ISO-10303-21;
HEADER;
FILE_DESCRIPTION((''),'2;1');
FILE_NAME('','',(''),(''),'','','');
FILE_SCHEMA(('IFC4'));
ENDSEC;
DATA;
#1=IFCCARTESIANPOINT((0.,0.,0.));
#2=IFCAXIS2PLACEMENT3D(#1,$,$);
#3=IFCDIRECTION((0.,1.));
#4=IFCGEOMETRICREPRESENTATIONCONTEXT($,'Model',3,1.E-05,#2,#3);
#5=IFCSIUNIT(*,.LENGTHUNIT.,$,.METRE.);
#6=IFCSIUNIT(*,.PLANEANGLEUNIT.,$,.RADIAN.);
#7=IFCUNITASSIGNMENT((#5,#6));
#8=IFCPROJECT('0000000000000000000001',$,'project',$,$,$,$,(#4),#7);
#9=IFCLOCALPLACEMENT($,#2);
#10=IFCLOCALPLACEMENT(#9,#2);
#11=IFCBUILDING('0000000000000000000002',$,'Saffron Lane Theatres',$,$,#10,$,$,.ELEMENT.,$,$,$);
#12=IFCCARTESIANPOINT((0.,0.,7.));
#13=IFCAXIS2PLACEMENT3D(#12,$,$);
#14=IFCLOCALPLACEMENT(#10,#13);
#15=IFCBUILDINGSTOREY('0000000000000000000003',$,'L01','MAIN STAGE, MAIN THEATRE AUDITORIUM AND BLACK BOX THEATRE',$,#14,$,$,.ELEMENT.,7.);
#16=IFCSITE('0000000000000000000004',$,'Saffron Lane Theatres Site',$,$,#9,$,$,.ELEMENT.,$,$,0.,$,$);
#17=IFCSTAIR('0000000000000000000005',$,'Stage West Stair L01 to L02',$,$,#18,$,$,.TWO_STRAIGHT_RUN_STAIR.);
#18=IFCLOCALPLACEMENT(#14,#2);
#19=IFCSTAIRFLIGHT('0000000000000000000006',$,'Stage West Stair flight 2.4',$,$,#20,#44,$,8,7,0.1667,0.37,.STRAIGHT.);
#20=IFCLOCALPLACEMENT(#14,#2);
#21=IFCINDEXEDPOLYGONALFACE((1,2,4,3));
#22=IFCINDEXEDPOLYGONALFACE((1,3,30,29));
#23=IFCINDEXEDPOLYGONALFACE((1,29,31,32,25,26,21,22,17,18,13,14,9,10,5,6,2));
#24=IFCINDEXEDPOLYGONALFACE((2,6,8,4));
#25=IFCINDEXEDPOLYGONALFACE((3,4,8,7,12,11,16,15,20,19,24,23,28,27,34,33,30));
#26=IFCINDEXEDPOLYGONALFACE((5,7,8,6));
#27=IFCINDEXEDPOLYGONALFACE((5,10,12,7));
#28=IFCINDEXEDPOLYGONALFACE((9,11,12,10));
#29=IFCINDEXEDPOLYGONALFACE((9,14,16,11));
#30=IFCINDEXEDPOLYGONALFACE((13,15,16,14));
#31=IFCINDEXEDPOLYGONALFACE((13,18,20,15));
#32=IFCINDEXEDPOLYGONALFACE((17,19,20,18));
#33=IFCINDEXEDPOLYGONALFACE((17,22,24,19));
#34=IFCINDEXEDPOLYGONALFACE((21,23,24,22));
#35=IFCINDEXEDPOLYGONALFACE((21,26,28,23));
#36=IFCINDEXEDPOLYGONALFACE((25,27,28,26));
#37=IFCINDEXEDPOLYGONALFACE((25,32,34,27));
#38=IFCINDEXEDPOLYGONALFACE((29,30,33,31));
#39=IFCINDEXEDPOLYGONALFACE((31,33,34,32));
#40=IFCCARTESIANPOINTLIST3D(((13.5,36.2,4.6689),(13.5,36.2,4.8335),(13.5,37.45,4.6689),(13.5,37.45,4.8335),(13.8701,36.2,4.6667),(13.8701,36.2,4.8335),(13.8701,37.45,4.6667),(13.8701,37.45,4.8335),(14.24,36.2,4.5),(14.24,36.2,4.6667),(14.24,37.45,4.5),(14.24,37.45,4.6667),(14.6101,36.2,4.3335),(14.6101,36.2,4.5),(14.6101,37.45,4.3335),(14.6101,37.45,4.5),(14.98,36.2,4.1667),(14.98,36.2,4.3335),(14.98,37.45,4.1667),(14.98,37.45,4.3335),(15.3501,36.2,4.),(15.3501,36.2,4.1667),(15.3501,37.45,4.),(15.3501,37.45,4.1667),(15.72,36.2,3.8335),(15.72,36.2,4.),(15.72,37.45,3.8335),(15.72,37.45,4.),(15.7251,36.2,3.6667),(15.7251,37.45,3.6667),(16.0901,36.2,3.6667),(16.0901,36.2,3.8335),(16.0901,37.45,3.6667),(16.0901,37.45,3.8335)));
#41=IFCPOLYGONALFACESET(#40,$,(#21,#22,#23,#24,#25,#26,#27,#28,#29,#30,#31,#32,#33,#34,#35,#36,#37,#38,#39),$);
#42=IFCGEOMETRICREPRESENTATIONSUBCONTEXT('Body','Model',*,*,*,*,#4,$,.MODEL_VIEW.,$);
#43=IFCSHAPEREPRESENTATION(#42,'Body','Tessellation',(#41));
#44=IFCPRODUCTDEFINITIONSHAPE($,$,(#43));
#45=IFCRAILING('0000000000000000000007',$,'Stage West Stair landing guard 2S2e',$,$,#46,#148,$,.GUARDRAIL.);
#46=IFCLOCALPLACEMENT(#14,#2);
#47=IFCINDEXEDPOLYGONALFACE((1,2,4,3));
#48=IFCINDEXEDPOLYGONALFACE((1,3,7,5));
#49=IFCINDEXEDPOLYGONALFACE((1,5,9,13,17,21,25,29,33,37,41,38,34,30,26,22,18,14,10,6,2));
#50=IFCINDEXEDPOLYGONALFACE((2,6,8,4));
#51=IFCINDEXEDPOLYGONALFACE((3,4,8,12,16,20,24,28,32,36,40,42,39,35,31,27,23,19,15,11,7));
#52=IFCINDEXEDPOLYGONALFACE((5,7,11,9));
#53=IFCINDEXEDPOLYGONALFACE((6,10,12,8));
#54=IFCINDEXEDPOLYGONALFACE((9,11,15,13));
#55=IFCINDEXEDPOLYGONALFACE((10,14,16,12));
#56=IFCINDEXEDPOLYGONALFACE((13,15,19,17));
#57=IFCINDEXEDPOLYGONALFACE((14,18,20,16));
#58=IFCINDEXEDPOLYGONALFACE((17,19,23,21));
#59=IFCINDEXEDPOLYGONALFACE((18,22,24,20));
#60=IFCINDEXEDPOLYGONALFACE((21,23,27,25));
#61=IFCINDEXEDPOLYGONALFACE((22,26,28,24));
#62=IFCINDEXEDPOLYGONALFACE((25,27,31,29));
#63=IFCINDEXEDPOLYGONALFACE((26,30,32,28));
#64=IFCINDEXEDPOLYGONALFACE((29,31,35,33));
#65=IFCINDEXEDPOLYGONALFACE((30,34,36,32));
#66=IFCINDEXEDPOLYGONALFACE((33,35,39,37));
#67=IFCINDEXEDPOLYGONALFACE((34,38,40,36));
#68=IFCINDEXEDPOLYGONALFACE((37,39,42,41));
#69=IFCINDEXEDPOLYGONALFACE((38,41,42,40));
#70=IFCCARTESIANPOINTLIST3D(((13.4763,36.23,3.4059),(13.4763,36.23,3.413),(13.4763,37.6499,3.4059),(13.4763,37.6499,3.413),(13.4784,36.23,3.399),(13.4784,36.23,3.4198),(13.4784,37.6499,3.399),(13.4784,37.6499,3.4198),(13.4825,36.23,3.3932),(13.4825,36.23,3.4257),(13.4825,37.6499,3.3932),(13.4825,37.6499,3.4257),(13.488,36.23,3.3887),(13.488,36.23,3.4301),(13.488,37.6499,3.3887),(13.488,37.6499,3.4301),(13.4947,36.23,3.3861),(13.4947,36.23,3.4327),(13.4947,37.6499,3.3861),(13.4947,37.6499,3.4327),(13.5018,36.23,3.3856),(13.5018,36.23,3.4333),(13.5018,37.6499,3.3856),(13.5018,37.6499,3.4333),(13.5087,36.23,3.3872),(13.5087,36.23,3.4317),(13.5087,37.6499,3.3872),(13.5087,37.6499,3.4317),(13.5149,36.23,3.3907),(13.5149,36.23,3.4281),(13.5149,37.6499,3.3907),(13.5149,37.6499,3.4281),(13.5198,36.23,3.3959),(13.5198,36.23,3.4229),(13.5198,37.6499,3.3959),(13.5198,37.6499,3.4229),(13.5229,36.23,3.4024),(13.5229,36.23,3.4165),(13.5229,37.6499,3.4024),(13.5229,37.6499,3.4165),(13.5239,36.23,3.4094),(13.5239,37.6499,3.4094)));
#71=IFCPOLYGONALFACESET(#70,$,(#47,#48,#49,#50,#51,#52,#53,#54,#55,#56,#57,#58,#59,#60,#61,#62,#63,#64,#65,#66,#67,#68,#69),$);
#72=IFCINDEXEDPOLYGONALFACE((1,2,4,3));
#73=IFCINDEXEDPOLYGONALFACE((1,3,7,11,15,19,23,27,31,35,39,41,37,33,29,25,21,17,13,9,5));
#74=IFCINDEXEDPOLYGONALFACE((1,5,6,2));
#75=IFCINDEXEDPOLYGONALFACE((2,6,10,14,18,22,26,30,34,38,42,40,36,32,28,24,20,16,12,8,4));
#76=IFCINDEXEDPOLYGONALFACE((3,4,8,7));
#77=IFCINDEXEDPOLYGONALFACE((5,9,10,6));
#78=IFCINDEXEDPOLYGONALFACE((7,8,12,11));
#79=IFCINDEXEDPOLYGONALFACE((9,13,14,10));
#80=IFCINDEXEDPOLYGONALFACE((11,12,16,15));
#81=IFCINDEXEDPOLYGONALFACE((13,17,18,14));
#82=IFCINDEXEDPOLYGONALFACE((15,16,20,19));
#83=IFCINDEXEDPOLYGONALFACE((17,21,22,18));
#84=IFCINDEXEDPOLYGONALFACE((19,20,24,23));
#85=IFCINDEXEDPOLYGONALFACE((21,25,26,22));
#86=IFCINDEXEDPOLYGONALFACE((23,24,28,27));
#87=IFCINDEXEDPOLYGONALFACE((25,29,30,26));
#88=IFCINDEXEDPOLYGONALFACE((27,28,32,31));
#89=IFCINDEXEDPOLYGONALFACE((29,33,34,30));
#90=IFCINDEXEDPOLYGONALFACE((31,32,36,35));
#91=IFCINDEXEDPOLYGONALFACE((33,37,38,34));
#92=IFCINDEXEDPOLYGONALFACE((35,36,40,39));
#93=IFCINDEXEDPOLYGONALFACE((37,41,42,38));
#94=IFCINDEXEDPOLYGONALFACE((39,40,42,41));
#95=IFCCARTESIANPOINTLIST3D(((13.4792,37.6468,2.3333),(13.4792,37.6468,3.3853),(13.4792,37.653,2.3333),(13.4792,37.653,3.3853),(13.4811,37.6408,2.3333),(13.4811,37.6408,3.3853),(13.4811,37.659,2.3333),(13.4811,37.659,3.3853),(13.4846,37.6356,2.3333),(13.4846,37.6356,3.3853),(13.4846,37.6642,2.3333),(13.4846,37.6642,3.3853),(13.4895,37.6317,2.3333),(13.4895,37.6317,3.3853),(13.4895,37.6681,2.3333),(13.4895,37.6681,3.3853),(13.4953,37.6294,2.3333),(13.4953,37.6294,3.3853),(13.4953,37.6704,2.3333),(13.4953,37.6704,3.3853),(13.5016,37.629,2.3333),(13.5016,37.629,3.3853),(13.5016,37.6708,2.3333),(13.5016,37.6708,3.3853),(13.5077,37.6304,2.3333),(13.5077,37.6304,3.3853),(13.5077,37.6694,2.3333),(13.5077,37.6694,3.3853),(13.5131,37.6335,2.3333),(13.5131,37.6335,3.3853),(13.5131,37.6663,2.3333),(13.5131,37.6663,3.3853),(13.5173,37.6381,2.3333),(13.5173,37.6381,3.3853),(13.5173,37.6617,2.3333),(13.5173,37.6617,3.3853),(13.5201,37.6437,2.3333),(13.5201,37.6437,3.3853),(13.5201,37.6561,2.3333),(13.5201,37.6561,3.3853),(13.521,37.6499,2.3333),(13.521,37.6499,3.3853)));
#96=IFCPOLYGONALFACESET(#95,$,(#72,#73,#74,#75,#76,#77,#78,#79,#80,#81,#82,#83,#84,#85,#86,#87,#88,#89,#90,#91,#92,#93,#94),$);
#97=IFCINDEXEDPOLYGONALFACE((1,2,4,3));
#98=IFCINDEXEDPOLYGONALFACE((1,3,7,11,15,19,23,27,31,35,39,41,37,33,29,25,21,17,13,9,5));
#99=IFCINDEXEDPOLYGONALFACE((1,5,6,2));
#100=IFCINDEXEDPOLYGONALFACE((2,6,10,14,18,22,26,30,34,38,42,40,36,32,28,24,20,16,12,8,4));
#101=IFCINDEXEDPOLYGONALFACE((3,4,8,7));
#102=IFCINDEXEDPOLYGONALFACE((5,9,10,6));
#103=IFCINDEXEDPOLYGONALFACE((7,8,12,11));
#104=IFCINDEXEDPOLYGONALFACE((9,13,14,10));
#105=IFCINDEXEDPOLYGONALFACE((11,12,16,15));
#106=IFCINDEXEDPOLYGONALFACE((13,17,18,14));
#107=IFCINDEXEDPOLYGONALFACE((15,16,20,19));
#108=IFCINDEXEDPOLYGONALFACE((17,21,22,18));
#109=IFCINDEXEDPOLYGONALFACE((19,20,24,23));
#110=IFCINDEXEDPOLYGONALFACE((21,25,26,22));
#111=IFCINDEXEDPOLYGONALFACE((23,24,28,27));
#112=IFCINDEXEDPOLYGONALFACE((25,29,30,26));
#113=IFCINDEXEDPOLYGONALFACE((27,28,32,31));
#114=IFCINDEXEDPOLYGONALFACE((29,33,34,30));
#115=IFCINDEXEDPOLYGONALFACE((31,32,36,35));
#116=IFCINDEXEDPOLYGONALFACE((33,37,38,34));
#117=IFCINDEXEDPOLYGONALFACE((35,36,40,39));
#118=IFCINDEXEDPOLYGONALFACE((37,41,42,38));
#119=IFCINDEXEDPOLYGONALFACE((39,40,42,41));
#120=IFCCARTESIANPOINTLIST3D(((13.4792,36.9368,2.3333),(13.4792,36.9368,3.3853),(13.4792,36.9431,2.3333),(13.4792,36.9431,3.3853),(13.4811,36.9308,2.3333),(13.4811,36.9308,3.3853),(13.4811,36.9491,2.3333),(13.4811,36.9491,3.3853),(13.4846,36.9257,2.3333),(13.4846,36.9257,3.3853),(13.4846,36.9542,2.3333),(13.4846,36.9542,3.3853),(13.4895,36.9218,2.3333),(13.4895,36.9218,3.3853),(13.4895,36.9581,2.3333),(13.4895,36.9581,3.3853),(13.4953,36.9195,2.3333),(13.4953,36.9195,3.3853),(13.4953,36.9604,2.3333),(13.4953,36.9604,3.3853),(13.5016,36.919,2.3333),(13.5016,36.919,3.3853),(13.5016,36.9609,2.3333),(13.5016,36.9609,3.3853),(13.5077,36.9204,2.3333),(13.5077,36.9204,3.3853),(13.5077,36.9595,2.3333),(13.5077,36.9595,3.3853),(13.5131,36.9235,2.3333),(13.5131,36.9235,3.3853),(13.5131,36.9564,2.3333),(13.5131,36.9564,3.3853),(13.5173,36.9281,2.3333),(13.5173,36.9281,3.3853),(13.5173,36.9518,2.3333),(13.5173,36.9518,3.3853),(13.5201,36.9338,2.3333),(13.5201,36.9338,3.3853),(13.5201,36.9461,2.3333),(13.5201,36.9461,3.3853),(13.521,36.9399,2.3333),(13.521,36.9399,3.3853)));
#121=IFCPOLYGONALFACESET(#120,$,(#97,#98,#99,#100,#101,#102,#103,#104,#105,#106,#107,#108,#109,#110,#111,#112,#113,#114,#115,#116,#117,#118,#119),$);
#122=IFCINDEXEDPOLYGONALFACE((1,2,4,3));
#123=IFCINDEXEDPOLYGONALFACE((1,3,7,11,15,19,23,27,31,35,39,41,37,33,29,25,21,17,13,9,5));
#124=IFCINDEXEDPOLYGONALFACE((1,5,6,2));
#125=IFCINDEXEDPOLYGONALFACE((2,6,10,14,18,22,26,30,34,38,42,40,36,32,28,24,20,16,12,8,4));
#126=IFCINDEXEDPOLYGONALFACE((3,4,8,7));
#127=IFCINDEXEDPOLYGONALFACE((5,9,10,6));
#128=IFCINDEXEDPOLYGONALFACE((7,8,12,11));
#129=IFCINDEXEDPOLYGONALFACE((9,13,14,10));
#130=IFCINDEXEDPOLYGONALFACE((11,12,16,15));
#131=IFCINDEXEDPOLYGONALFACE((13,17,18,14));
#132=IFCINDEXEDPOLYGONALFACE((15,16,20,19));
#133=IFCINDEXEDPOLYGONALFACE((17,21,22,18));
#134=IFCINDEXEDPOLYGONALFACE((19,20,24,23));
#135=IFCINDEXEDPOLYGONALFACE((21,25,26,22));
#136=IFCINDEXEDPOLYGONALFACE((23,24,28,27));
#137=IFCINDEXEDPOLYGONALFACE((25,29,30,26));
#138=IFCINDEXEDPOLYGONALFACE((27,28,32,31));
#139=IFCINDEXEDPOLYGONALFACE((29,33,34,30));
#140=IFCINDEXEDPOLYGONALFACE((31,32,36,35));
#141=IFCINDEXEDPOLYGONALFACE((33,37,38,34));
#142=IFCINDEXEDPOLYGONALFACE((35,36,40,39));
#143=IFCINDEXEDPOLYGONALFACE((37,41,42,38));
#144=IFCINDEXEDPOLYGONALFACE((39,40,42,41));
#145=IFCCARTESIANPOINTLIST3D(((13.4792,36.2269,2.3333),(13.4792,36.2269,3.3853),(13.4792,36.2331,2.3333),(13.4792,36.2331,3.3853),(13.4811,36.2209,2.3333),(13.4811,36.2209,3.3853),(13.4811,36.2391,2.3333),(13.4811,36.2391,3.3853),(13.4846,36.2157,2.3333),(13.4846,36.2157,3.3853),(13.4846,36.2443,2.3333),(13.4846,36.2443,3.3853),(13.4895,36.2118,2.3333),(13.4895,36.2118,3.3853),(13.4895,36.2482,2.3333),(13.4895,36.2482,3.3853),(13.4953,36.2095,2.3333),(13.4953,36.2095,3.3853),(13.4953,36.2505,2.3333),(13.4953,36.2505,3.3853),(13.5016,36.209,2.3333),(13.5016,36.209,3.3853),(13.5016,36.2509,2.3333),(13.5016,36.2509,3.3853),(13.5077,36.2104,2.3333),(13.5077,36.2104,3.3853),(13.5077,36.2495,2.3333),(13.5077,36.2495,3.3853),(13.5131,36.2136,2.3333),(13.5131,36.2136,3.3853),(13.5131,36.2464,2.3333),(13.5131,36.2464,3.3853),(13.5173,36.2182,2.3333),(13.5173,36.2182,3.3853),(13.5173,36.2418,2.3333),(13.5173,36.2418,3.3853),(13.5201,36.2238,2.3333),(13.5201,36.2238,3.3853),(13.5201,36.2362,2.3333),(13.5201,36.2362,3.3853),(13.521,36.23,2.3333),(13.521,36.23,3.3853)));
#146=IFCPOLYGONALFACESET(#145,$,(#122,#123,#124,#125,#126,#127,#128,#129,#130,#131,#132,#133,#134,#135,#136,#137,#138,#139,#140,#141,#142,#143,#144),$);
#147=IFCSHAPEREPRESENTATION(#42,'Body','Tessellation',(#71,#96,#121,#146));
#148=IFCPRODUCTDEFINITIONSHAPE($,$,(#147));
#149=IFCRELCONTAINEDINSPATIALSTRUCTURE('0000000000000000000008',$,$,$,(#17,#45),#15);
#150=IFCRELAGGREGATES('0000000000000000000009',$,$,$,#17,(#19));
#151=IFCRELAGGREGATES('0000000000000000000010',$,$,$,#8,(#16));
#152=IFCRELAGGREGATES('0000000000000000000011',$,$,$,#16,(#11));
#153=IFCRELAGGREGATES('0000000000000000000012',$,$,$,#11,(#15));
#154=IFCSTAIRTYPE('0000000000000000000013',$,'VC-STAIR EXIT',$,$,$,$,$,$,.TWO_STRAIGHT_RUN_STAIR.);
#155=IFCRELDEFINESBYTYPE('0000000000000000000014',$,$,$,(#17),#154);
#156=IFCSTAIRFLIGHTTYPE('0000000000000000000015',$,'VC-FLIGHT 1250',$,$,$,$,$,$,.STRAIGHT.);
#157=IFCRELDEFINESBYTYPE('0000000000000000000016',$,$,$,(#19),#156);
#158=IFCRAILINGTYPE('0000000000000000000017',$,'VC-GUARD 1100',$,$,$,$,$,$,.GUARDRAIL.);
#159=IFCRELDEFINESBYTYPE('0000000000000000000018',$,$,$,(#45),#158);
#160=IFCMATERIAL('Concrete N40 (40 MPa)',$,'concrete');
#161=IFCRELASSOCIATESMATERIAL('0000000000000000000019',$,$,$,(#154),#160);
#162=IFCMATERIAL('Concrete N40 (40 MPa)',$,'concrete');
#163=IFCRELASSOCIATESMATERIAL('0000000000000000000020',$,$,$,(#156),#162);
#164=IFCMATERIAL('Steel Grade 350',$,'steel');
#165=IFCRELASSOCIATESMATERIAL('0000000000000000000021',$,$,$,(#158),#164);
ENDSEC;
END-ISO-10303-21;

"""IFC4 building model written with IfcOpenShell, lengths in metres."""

from ifc_helpers import new_model, si_unit, direction, frame, origin, origin_2d, place, context, subcontext, project, spatial, polyline, circle, outline, extrude, material, type_object, element, aggregate, save


model = new_model("IFC4")

# Units and contexts
model_context = context("Model", 3, precision=1e-05, world=origin(), true_north=direction((0.0, 1.0)))
body_context = subcontext(model_context, "Body", "Model", "MODEL_VIEW")
ifc_project = project(units=[si_unit("LENGTHUNIT", "METRE"), si_unit("PLANEANGLEUNIT", "RADIAN")], contexts=[model_context])

# Site, building, storey
site_placement = place(None, origin())
site = spatial("IfcSite", under=ifc_project, at=site_placement, Name="Saffron Lane Theatres Site", CompositionType="ELEMENT", RefElevation=0.0)
building_placement = place(site_placement, origin())
building = spatial("IfcBuilding", under=site, at=building_placement, Name="Saffron Lane Theatres", CompositionType="ELEMENT")
storey_placement = place(building_placement, frame((0.0, 0.0, 7.0)))
storey = spatial("IfcBuildingStorey", under=building, at=storey_placement, Name="L01", Description="MAIN STAGE, MAIN THEATRE AUDITORIUM AND BLACK BOX THEATRE", CompositionType="ELEMENT", Elevation=7.0)

# Stair, stair flight
ifc_material_1 = material(Name="Concrete N40 (40 MPa)", Category="concrete")
stair_type_1 = type_object("IfcStairType", Name="VC-STAIR EXIT", PredefinedType="TWO_STRAIGHT_RUN_STAIR", material=ifc_material_1)
stair_1_placement = place(storey_placement, origin())
stair_1 = element("IfcStair", 1, at=stair_1_placement, inside=storey, type_object=stair_type_1, Name="Stage West Stair L01 to L02", PredefinedType="TWO_STRAIGHT_RUN_STAIR")
ifc_material_2 = material(Name="Concrete N40 (40 MPa)", Category="concrete")
stair_flight_type_1 = type_object("IfcStairFlightType", Name="VC-FLIGHT 1250", PredefinedType="STRAIGHT", material=ifc_material_2)
stair_flight_1_placement = place(storey_placement, frame((16.0901, 36.825, 3.6667), z_axis=(0.0, 0.0, 1.0), x_axis=(-1.0, 0.0, 0.0)))
stair_flight_1 = element("IfcStairFlight", 2, at=stair_flight_1_placement, type_object=stair_flight_type_1, Name="Stage West Stair flight 2.4", NumberOfRisers=8, NumberOfTreads=7, PredefinedType="STRAIGHT", RiserHeight=0.1667, TreadLength=0.37, context=body_context, shape_type="SweptSolid", body=[
    extrude(outline(polyline([(0.0, 0.0), (0.0, 0.1667), (0.3701, 0.1667), (0.3701, 0.3333), (0.74, 0.3333), (0.74, 0.5), (1.1101, 0.5), (1.1101, 0.6667), (1.48, 0.6667), (1.48, 0.8333), (1.8501, 0.8333), (1.8501, 1.0), (2.22, 1.0), (2.22, 1.1667), (2.5901, 1.1667), (2.5901, 1.3333), (2.5901, 1.0022), (0.365, 0.0), (0.0, 0.0)])), frame((0.0, 0.625, 0.0), z_axis=(0.0, -1.0, 0.0), x_axis=(1.0, 0.0, 0.0)), (0.0, 0.0, 1.0), 1.25),
])
aggregate(stair_1, [stair_flight_1])

# Railing
ifc_material_3 = material(Name="Steel Grade 350", Category="steel")
railing_type_1 = type_object("IfcRailingType", Name="VC-GUARD 1100", PredefinedType="GUARDRAIL", material=ifc_material_3)
railing_1_placement = place(storey_placement, frame((13.5, 37.6499, 2.3333)))
element("IfcRailing", 3, at=railing_1_placement, inside=storey, type_object=railing_type_1, Name="Stage West Stair landing guard 2S2e", PredefinedType="GUARDRAIL", context=body_context, shape_type="SweptSolid", body=[
    extrude(circle(Radius=0.0239, at=origin_2d()), frame((0.0, 0.0, 1.0762), z_axis=(0.0, -1.0, 0.0), x_axis=(1.0, 0.0, 0.0)), (0.0, 0.0, 1.0), 1.4199),
    extrude(circle(Radius=0.021, at=origin_2d()), origin(), (0.0, 0.0, 1.0), 1.052),
    extrude(circle(Radius=0.021, at=origin_2d()), frame((0.0, -0.71, 0.0)), (0.0, 0.0, 1.0), 1.052),
    extrude(circle(Radius=0.021, at=origin_2d()), frame((0.0, -1.4199, 0.0)), (0.0, 0.0, 1.0), 1.052),
])

save(model, "model.ifc")
